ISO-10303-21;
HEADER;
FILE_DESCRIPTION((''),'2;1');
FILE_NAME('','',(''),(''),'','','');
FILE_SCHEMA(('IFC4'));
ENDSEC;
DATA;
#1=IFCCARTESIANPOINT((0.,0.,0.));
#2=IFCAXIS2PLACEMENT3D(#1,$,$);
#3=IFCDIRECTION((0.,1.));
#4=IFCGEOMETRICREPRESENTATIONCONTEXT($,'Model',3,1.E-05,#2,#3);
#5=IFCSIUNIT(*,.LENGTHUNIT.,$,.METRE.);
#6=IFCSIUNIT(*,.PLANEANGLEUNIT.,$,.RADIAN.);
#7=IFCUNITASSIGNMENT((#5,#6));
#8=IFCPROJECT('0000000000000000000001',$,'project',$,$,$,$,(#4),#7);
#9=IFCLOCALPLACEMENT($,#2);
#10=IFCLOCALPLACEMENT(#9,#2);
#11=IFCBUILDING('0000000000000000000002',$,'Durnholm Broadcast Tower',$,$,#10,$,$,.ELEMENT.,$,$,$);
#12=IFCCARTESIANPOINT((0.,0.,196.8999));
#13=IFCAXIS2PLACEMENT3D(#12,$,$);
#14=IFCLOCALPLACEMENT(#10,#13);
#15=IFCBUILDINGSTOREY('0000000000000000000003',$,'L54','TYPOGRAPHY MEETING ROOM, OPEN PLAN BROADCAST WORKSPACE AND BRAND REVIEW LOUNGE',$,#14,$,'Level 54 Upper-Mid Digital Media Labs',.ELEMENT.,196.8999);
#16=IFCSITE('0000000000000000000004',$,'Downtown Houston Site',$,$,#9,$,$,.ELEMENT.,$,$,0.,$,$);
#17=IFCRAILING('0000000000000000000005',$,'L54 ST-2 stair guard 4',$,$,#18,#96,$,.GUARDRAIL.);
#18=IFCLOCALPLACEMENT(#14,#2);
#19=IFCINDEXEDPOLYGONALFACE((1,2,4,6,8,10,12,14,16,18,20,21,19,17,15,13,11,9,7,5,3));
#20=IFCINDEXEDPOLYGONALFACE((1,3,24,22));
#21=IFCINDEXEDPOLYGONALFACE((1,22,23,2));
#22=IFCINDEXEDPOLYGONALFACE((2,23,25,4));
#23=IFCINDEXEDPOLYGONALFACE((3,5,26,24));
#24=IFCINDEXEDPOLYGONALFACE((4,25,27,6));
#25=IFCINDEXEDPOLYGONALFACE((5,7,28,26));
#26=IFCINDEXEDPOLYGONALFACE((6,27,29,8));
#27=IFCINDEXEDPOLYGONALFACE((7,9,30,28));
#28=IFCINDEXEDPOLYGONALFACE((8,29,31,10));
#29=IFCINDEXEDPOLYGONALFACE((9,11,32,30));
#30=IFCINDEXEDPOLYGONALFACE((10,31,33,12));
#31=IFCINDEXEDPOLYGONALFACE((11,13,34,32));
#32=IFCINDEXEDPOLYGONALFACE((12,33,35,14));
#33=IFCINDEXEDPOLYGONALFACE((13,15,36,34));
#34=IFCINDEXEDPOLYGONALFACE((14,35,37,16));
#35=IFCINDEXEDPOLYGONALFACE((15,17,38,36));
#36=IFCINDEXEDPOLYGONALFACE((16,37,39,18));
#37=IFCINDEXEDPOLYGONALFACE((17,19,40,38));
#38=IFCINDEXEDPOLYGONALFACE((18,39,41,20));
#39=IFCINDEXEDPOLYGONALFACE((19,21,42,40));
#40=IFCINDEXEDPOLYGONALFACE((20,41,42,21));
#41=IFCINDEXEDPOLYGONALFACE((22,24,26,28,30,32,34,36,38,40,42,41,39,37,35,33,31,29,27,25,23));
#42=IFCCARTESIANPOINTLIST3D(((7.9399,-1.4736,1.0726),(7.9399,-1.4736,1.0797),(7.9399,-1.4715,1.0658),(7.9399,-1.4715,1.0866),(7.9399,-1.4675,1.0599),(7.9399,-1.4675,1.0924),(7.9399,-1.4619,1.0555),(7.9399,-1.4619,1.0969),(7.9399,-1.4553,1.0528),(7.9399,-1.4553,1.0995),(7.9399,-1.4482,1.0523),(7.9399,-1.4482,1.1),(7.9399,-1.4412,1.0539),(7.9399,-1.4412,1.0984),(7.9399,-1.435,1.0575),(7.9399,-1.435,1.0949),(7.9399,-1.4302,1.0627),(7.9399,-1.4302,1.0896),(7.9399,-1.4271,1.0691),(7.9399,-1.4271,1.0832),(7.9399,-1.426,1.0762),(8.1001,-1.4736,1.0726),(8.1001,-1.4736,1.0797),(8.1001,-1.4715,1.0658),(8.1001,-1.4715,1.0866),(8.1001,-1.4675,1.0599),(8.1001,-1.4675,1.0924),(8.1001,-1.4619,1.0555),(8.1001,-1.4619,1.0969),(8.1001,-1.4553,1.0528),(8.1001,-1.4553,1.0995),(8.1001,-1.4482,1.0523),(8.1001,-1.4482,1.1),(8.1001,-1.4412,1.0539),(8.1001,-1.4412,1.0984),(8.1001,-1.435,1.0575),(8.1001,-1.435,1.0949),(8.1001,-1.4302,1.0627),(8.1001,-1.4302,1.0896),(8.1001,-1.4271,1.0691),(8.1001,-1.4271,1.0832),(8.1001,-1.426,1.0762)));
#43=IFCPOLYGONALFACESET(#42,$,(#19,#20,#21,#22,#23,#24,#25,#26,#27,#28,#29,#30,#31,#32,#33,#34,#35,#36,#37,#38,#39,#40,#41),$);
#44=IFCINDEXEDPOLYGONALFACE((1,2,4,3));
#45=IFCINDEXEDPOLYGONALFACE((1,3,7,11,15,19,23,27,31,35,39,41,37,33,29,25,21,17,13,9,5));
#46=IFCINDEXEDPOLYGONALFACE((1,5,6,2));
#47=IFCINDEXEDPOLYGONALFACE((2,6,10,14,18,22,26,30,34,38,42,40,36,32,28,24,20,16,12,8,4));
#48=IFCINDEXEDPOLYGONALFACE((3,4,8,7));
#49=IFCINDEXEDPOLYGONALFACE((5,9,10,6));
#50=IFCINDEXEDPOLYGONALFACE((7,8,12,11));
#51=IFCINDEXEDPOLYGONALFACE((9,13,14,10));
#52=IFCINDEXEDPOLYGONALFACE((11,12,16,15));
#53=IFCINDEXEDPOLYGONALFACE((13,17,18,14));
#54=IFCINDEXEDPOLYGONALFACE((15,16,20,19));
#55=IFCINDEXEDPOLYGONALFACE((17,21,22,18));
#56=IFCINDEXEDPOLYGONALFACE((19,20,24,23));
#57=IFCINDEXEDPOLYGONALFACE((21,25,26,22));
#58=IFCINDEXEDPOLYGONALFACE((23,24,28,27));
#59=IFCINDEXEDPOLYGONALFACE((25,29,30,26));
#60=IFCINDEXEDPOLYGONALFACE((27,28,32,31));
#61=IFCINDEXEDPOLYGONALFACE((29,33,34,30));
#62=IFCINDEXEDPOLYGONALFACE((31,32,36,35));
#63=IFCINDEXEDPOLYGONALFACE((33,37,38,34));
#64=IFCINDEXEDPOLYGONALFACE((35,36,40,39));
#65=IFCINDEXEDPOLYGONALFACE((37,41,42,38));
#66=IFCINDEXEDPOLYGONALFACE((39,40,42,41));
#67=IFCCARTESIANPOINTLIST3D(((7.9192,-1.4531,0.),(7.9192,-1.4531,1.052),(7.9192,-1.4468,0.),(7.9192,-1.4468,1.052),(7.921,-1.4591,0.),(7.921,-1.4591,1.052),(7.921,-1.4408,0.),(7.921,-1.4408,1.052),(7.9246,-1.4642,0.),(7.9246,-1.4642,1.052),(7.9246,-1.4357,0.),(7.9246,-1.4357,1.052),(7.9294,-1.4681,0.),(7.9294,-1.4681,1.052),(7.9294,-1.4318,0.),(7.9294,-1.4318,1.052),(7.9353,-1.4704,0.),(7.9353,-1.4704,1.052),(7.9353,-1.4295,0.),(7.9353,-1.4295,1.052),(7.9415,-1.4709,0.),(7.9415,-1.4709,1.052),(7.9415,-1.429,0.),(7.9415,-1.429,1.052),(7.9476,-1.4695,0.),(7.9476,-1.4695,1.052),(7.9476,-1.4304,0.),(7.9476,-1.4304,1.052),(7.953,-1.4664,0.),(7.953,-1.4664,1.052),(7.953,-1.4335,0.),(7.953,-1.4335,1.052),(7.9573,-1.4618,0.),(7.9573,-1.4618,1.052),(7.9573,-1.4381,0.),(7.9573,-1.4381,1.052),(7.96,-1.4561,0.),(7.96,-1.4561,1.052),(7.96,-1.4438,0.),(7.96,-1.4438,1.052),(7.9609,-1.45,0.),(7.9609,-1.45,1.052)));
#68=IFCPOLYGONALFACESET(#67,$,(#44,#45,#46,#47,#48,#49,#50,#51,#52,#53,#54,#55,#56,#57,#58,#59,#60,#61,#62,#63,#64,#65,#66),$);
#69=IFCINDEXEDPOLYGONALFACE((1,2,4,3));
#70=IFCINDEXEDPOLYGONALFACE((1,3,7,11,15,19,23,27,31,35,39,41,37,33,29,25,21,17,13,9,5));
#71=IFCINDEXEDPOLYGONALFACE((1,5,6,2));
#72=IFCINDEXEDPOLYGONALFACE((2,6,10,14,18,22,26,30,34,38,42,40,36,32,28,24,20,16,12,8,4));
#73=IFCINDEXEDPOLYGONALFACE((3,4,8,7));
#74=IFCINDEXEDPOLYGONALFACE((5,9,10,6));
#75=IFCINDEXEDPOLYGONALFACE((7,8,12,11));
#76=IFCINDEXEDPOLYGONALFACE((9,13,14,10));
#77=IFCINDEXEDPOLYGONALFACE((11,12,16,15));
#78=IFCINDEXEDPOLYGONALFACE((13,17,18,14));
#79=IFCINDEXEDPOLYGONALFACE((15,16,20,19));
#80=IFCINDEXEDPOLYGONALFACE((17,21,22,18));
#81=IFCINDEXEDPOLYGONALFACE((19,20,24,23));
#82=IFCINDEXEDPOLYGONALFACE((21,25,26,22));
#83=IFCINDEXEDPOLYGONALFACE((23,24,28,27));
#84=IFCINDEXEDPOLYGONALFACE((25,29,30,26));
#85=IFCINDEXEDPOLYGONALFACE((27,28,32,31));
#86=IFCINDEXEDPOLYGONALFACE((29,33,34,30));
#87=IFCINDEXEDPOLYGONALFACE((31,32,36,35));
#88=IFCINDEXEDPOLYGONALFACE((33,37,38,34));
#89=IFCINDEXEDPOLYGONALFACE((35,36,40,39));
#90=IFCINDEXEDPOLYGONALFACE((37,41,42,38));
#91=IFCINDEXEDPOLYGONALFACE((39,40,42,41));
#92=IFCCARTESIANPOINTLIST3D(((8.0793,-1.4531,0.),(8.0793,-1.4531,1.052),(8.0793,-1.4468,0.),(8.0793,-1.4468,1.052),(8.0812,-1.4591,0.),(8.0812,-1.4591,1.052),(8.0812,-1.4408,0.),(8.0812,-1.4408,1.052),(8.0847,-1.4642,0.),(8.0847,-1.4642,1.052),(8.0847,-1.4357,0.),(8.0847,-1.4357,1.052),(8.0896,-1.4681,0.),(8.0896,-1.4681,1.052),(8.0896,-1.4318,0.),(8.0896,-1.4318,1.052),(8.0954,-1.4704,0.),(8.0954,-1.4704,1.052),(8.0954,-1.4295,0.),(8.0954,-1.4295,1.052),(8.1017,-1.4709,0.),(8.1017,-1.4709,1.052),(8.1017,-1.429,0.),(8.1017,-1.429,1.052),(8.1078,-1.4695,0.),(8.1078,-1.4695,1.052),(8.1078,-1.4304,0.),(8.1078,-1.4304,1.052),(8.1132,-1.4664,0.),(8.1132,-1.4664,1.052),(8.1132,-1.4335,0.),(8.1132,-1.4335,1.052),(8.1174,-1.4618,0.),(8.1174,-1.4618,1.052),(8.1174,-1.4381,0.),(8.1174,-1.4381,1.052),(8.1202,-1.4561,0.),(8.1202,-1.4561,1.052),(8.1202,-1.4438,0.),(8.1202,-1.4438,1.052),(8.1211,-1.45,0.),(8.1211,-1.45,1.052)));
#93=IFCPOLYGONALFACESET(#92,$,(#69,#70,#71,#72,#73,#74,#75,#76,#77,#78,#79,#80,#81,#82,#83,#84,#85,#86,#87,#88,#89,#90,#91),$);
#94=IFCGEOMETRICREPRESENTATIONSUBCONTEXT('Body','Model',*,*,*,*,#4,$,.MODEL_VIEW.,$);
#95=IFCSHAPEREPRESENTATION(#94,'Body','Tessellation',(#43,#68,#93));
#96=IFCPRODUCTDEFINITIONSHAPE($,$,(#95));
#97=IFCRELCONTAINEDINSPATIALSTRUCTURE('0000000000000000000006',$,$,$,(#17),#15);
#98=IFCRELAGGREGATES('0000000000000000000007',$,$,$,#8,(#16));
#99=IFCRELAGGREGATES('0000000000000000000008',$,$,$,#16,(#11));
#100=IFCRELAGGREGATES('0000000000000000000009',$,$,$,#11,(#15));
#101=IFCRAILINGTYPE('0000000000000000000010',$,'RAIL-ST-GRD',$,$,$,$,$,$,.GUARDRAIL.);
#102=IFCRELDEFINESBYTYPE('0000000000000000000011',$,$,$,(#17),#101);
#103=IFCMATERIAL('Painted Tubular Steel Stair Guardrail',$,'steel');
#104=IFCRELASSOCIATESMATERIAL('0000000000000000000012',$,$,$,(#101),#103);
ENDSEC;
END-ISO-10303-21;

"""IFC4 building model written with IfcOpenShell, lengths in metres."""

from ifc_helpers import new_model, si_unit, direction, frame, origin, origin_2d, place, context, subcontext, project, spatial, circle, extrude, material, type_object, element, save


model = new_model("IFC4")

# Units and contexts
model_context = context("Model", 3, precision=1e-05, world=origin(), true_north=direction((0.0, 1.0)))
body_context = subcontext(model_context, "Body", "Model", "MODEL_VIEW")
ifc_project = project(units=[si_unit("LENGTHUNIT", "METRE"), si_unit("PLANEANGLEUNIT", "RADIAN")], contexts=[model_context])

# Site, building, storey
site_placement = place(None, origin())
site = spatial("IfcSite", under=ifc_project, at=site_placement, Name="Downtown Houston Site", CompositionType="ELEMENT", RefElevation=0.0)
building_placement = place(site_placement, origin())
building = spatial("IfcBuilding", under=site, at=building_placement, Name="Durnholm Broadcast Tower", CompositionType="ELEMENT")
storey_placement = place(building_placement, frame((0.0, 0.0, 196.8999)))
storey = spatial("IfcBuildingStorey", under=building, at=storey_placement, Name="L54", Description="TYPOGRAPHY MEETING ROOM, OPEN PLAN BROADCAST WORKSPACE AND BRAND REVIEW LOUNGE", LongName="Level 54 Upper-Mid Digital Media Labs", CompositionType="ELEMENT", Elevation=196.8999)

# Railing
ifc_material_1 = material(Name="Painted Tubular Steel Stair Guardrail", Category="steel")
railing_type_1 = type_object("IfcRailingType", Name="RAIL-ST-GRD", PredefinedType="GUARDRAIL", material=ifc_material_1)
railing_1_placement = place(storey_placement, frame((7.9399, -1.45, 0.0)))
element("IfcRailing", 1, at=railing_1_placement, inside=storey, type_object=railing_type_1, Name="L54 ST-2 stair guard 4", PredefinedType="GUARDRAIL", context=body_context, shape_type="SweptSolid", body=[
    extrude(circle(Radius=0.0239, at=origin_2d()), frame((0.0, 0.0, 1.0762), z_axis=(1.0, 0.0, 0.0), x_axis=(0.0, 1.0, 0.0)), (0.0, 0.0, 1.0), 0.1602),
    extrude(circle(Radius=0.021, at=origin_2d()), origin(), (0.0, 0.0, 1.0), 1.052),
    extrude(circle(Radius=0.021, at=origin_2d()), frame((0.1602, 0.0, 0.0)), (0.0, 0.0, 1.0), 1.052),
])

save(model, "model.ifc")
